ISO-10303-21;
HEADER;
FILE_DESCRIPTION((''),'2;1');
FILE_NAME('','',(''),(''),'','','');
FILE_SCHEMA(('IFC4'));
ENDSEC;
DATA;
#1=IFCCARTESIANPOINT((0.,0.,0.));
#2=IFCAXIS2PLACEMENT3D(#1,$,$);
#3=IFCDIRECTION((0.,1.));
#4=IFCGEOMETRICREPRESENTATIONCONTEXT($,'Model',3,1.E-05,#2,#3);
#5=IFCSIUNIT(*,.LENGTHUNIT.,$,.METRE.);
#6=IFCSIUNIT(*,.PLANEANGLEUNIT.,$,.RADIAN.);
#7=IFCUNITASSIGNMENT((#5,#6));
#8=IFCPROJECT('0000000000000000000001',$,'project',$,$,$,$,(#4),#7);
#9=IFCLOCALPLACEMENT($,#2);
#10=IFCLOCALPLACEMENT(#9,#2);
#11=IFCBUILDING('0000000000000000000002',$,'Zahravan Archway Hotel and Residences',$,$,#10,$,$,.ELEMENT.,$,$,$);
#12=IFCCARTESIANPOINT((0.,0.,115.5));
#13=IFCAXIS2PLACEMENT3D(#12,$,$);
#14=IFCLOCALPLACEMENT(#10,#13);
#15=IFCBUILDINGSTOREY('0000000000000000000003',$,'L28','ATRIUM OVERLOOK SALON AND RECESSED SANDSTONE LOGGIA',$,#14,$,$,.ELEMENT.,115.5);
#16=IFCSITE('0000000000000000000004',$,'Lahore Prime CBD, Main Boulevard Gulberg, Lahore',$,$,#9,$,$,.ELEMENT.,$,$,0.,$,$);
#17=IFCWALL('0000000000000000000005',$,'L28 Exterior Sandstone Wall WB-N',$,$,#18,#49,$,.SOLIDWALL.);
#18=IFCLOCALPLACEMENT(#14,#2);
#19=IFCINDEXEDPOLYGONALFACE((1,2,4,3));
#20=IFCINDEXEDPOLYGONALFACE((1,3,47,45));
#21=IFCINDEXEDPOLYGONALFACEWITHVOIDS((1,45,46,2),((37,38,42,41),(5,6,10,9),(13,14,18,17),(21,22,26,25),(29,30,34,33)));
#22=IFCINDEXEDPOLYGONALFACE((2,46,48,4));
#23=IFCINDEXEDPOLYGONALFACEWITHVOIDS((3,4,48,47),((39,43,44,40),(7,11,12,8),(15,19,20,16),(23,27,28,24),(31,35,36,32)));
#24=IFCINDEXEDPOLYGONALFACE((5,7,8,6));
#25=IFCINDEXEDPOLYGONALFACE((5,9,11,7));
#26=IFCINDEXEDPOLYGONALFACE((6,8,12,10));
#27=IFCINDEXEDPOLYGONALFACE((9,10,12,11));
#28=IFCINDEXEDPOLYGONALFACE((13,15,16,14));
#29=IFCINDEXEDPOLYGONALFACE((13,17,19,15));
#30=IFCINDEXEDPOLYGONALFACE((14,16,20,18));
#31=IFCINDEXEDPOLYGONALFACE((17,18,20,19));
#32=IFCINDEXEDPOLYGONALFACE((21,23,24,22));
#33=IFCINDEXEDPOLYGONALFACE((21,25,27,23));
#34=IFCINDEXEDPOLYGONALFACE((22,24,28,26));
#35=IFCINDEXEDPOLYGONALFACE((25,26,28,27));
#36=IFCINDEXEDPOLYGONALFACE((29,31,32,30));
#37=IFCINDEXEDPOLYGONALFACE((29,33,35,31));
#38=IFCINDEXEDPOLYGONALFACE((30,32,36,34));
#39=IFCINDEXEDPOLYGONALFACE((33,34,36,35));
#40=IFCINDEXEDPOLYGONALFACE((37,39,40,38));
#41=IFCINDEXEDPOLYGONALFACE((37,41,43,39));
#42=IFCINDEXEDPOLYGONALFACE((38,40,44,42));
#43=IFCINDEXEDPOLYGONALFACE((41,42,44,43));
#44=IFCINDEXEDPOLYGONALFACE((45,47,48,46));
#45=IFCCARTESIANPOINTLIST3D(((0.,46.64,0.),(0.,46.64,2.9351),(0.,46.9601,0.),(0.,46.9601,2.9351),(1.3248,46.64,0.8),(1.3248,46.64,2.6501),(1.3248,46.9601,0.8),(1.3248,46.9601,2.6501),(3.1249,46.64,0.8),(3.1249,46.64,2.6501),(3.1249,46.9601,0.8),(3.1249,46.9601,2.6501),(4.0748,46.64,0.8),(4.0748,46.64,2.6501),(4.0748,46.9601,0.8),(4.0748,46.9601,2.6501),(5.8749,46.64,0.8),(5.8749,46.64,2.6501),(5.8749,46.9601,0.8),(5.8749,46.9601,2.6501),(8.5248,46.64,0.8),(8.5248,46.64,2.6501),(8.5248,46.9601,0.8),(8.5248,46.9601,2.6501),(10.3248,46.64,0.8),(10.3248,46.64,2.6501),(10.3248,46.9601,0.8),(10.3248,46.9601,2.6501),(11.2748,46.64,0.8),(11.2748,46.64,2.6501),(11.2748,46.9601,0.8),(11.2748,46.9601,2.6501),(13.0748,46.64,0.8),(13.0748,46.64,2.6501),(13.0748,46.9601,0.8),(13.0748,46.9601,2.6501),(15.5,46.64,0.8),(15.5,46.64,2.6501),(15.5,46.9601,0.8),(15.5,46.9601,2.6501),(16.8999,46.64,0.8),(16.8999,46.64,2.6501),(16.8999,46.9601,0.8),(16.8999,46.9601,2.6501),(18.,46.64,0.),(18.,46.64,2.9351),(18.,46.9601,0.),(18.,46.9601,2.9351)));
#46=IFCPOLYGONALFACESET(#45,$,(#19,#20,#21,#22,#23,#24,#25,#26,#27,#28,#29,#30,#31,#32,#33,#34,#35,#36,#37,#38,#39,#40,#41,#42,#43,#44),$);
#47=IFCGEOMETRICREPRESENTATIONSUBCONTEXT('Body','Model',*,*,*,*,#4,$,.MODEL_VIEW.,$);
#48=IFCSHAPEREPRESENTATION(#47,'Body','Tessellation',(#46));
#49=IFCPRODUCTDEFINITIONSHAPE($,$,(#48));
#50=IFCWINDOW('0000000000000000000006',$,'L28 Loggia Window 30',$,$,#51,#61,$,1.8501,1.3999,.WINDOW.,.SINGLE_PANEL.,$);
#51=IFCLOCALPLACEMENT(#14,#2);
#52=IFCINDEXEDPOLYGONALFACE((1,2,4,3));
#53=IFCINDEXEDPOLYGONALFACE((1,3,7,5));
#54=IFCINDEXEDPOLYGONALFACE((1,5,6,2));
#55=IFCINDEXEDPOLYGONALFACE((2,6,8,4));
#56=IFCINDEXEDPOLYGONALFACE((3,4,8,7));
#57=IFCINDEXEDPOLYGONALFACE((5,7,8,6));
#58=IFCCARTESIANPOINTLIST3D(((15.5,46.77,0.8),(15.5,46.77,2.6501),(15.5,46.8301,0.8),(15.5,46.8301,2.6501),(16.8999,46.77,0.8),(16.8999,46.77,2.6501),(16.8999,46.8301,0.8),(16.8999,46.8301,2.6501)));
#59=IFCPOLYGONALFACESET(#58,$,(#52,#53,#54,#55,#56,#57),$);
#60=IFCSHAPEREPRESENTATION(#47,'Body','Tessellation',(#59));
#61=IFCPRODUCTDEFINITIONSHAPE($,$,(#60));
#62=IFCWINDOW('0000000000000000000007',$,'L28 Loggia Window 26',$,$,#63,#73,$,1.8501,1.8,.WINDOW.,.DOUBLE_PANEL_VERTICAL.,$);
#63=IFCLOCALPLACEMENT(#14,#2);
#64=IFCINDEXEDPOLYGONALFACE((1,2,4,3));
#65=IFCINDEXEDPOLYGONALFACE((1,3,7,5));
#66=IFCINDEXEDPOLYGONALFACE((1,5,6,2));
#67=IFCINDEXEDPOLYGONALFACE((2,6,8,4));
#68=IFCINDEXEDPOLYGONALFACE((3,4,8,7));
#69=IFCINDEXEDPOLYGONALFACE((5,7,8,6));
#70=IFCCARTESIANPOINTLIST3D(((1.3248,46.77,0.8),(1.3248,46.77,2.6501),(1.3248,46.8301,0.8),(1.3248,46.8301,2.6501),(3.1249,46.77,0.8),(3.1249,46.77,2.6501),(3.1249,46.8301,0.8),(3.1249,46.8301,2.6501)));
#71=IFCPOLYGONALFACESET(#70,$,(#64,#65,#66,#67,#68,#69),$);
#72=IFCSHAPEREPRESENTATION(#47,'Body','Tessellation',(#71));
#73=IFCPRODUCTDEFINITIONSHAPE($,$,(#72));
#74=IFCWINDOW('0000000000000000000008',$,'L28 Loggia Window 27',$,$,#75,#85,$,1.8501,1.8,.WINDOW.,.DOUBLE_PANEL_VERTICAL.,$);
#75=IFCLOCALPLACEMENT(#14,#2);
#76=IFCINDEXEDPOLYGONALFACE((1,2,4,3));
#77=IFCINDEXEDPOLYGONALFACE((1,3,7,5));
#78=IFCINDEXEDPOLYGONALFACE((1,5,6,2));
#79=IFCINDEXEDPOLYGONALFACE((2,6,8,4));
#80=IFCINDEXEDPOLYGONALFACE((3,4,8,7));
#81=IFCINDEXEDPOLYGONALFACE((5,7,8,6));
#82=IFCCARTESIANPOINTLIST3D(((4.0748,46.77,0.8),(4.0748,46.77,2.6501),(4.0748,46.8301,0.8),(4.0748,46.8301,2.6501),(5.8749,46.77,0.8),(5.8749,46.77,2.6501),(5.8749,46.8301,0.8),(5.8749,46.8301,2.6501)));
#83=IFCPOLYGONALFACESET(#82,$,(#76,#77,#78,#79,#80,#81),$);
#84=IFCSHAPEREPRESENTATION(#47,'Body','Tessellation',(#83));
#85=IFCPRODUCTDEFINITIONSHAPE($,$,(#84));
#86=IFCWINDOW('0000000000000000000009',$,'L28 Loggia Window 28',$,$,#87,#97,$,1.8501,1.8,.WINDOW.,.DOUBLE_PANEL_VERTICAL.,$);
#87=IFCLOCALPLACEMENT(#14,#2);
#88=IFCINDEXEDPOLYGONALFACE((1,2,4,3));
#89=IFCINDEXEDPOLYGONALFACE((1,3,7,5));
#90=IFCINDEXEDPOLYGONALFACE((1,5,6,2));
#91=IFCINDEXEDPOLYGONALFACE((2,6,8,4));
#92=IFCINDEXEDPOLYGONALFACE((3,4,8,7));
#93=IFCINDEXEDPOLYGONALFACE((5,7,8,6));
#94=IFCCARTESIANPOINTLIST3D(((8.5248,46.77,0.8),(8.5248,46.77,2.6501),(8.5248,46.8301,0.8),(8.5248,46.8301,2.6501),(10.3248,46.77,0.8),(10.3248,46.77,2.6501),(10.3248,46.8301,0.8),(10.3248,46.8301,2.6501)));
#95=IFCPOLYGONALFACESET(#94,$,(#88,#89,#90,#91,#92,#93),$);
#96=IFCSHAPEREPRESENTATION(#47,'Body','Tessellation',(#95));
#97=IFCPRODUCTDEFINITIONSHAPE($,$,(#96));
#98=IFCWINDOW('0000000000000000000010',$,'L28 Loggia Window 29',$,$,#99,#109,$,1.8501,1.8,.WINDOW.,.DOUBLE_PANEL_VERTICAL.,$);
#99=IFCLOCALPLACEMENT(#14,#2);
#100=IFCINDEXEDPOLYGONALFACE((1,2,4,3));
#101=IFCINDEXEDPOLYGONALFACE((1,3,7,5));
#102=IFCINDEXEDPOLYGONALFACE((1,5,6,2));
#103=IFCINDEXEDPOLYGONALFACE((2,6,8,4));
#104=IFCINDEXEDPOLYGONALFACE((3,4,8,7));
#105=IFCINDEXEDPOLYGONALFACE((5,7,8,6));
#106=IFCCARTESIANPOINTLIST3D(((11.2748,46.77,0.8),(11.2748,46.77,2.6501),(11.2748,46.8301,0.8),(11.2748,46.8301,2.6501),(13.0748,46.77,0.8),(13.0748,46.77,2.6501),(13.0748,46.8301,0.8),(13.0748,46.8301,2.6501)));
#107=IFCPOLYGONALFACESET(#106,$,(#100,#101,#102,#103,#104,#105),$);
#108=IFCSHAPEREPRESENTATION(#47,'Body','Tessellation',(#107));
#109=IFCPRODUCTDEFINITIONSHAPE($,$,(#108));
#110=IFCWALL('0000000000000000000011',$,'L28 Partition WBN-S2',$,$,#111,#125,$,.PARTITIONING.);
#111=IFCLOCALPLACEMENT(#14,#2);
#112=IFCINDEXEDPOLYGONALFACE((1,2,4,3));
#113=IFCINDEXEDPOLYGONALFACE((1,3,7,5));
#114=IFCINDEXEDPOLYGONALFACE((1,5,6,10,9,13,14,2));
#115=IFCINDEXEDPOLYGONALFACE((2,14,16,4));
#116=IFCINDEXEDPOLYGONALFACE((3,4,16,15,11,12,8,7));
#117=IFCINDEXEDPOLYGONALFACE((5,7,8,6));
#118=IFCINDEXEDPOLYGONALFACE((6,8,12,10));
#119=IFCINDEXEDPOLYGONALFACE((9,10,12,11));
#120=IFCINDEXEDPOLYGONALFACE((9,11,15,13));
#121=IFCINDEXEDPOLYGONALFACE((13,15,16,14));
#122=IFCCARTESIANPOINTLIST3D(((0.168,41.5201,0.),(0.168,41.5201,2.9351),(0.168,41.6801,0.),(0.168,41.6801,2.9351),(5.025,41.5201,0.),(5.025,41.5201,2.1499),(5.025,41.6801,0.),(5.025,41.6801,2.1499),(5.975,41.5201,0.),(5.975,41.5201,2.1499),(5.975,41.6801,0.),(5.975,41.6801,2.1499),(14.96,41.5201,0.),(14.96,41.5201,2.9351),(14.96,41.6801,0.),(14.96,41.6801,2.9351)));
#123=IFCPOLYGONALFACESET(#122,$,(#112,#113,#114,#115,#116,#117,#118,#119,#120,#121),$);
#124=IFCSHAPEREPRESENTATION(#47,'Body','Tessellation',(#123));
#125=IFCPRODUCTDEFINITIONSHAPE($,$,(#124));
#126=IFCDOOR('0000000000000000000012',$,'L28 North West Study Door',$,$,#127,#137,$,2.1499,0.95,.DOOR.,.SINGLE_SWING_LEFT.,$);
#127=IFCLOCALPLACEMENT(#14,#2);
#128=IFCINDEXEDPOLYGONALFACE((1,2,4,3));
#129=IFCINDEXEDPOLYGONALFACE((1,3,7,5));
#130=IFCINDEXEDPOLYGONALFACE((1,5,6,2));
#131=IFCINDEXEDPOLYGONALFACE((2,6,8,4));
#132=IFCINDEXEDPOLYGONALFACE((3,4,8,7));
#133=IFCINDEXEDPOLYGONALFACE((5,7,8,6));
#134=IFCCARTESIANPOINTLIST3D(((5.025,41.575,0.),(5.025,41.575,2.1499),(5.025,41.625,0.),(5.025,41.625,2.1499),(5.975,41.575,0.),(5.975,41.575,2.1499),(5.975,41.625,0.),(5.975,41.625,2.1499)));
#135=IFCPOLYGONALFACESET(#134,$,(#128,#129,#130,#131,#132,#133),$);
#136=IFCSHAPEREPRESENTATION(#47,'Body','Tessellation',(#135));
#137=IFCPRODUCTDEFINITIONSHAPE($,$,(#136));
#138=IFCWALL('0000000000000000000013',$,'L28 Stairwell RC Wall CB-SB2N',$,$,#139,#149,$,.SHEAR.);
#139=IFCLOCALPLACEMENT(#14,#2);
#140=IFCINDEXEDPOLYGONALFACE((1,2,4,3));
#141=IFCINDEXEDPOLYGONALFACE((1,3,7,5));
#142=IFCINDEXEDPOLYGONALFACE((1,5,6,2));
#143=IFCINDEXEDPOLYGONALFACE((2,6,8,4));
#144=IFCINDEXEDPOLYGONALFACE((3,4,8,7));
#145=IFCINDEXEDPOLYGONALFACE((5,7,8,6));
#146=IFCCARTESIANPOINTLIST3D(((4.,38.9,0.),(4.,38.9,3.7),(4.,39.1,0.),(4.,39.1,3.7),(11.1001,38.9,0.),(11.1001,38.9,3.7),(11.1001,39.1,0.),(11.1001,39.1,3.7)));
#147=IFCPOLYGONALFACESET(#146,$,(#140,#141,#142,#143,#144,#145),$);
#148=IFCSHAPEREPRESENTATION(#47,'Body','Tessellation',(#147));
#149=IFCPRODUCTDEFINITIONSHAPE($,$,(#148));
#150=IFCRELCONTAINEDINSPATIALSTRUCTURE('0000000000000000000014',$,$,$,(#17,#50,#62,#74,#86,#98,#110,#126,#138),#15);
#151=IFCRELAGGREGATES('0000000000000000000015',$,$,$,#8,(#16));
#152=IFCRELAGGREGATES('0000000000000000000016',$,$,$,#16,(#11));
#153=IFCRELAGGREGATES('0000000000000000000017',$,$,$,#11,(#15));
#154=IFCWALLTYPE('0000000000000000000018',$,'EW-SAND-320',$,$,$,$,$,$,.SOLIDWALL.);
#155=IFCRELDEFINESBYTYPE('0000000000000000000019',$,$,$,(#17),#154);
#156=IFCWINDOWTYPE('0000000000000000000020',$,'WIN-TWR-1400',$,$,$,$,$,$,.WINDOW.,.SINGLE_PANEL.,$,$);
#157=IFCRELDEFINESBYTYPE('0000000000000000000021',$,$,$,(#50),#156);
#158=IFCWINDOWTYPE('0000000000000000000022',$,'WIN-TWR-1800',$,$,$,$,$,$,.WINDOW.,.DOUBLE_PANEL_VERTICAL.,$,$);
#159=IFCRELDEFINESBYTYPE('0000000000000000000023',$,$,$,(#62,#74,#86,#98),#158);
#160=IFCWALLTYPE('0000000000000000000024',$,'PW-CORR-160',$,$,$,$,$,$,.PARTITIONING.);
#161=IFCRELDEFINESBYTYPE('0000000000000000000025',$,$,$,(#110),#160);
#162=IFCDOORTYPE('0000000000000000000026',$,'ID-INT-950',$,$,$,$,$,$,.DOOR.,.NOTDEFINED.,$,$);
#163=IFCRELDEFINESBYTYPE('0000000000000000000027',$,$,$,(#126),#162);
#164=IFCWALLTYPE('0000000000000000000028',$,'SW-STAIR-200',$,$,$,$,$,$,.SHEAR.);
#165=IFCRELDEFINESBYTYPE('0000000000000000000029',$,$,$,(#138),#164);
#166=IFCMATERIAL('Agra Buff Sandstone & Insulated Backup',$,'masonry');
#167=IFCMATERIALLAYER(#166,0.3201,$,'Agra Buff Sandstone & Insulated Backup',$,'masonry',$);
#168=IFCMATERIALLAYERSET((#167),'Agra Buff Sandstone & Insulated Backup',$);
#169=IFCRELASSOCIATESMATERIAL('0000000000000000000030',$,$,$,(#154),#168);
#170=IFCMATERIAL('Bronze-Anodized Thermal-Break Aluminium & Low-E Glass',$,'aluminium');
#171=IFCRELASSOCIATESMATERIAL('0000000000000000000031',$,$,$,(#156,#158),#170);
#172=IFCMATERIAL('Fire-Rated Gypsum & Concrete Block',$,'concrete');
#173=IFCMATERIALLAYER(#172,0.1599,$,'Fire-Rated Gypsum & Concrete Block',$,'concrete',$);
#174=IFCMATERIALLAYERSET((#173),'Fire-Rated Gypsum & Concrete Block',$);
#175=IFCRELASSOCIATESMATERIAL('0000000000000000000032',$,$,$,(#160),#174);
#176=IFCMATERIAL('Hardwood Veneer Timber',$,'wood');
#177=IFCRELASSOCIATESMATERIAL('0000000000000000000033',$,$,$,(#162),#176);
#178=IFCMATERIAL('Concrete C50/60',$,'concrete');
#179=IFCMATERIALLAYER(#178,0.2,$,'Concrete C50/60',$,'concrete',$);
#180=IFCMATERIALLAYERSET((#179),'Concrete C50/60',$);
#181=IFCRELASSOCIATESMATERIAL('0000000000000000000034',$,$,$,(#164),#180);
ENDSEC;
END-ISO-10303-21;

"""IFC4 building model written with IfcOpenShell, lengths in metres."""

from ifc_helpers import new_model, si_unit, direction, frame, frame_2d, origin, place, context, subcontext, project, spatial, rectangle, extrude, source, transform, mapped, material, layer, layer_set, type_object, type_shapes, element, fill, save


model = new_model("IFC4")

# Units and contexts
model_context = context("Model", 3, precision=1e-05, world=origin(), true_north=direction((0.0, 1.0)))
body_context = subcontext(model_context, "Body", "Model", "MODEL_VIEW")
ifc_project = project(units=[si_unit("LENGTHUNIT", "METRE"), si_unit("PLANEANGLEUNIT", "RADIAN")], contexts=[model_context])

# Site, building, storey
site_placement = place(None, origin())
site = spatial("IfcSite", under=ifc_project, at=site_placement, Name="Lahore Prime CBD, Main Boulevard Gulberg, Lahore", CompositionType="ELEMENT", RefElevation=0.0)
building_placement = place(site_placement, origin())
building = spatial("IfcBuilding", under=site, at=building_placement, Name="Zahravan Archway Hotel and Residences", CompositionType="ELEMENT")
storey_placement = place(building_placement, frame((0.0, 0.0, 115.5)))
storey = spatial("IfcBuildingStorey", under=building, at=storey_placement, Name="L28", Description="ATRIUM OVERLOOK SALON AND RECESSED SANDSTONE LOGGIA", CompositionType="ELEMENT", Elevation=115.5)

# Wall, openings, windows
ifc_material_1 = material(Name="Agra Buff Sandstone & Insulated Backup", Category="masonry")
ifc_layer_1 = layer(ifc_material_1, 0.3201, Name="Agra Buff Sandstone & Insulated Backup", Category="masonry")
ifc_layer_set_1 = layer_set([ifc_layer_1], Name="Agra Buff Sandstone & Insulated Backup")
wall_type_1 = type_object("IfcWallType", Name="EW-SAND-320", PredefinedType="SOLIDWALL", material=ifc_layer_set_1)
wall_1_placement = place(storey_placement, frame((0.0, 46.8, 0.0), z_axis=(0.0, 0.0, 1.0), x_axis=(1.0, 0.0, 0.0)))
wall_1 = element("IfcWall", 1, at=wall_1_placement, inside=storey, type_object=wall_type_1, Name="L28 Exterior Sandstone Wall WB-N", PredefinedType="SOLIDWALL", context=body_context, shape_type="SweptSolid", body=[
    extrude(rectangle(XDim=18.0, YDim=0.3201, at=frame_2d((9.0, 0.0))), origin(), (0.0, 0.0, 1.0), 2.9351),
])
opening_1_placement = place(wall_1_placement, frame((1.325, 0.0, 0.8)))
opening_1 = element("IfcOpeningElement", 2, at=opening_1_placement, cuts=wall_1, PredefinedType="OPENING", context=body_context, shape_type="SweptSolid", body=[
    extrude(rectangle(XDim=1.8, YDim=1.8501, at=frame_2d((0.8999, 0.925))), frame((0.0, 0.1699, 0.0), z_axis=(0.0, -1.0, 0.0), x_axis=(1.0, 0.0, 0.0)), (0.0, 0.0, 1.0), 0.3401),
])
opening_2_placement = place(wall_1_placement, frame((4.075, 0.0, 0.8)))
opening_2 = element("IfcOpeningElement", 3, at=opening_2_placement, cuts=wall_1, PredefinedType="OPENING", context=body_context, shape_type="SweptSolid", body=[
    extrude(rectangle(XDim=1.8, YDim=1.8501, at=frame_2d((0.8999, 0.925))), frame((0.0, 0.1699, 0.0), z_axis=(0.0, -1.0, 0.0), x_axis=(1.0, 0.0, 0.0)), (0.0, 0.0, 1.0), 0.3401),
])
opening_3_placement = place(wall_1_placement, frame((8.5249, 0.0, 0.8)))
opening_3 = element("IfcOpeningElement", 4, at=opening_3_placement, cuts=wall_1, PredefinedType="OPENING", context=body_context, shape_type="SweptSolid", body=[
    extrude(rectangle(XDim=1.8, YDim=1.8501, at=frame_2d((0.8999, 0.925))), frame((0.0, 0.1699, 0.0), z_axis=(0.0, -1.0, 0.0), x_axis=(1.0, 0.0, 0.0)), (0.0, 0.0, 1.0), 0.3401),
])
opening_4_placement = place(wall_1_placement, frame((11.2749, 0.0, 0.8)))
opening_4 = element("IfcOpeningElement", 5, at=opening_4_placement, cuts=wall_1, PredefinedType="OPENING", context=body_context, shape_type="SweptSolid", body=[
    extrude(rectangle(XDim=1.8, YDim=1.8501, at=frame_2d((0.8999, 0.925))), frame((0.0, 0.1699, 0.0), z_axis=(0.0, -1.0, 0.0), x_axis=(1.0, 0.0, 0.0)), (0.0, 0.0, 1.0), 0.3401),
])
opening_5_placement = place(wall_1_placement, frame((15.5, 0.0, 0.8)))
opening_5 = element("IfcOpeningElement", 6, at=opening_5_placement, cuts=wall_1, PredefinedType="OPENING", context=body_context, shape_type="SweptSolid", body=[
    extrude(rectangle(XDim=1.3999, YDim=1.8501, at=frame_2d((0.7, 0.925))), frame((0.0, 0.1699, 0.0), z_axis=(0.0, -1.0, 0.0), x_axis=(1.0, 0.0, 0.0)), (0.0, 0.0, 1.0), 0.3401),
])
ifc_material_2 = material(Name="Bronze-Anodized Thermal-Break Aluminium & Low-E Glass", Category="aluminium")
window_type_1 = type_object("IfcWindowType", Name="WIN-TWR-1400", PartitioningType="SINGLE_PANEL", PredefinedType="WINDOW", material=ifc_material_2)
shared_shape_1 = source(origin(), body_context, "Body", "SweptSolid", [
    extrude(rectangle(XDim=1.3999, YDim=1.8501, at=frame_2d((0.7, 0.925))), frame((0.0, 0.03, 0.0), z_axis=(0.0, -1.0, 0.0), x_axis=(1.0, 0.0, 0.0)), (0.0, 0.0, 1.0), 0.0601),
])
type_shapes(window_type_1, [shared_shape_1])
window_1_placement = place(opening_5_placement, origin())
window_1 = element("IfcWindow", 7, at=window_1_placement, inside=storey, type_object=window_type_1, Name="L28 Loggia Window 30", OverallHeight=1.8501, OverallWidth=1.3999, PartitioningType="SINGLE_PANEL", PredefinedType="WINDOW", context=body_context, shape_type="MappedRepresentation", body=[
    mapped(shared_shape_1, transform((0.0, 0.0, 0.0), scale=1.0)),
])
fill(opening_5, window_1)
window_type_2 = type_object("IfcWindowType", Name="WIN-TWR-1800", PartitioningType="DOUBLE_PANEL_VERTICAL", PredefinedType="WINDOW", material=ifc_material_2)
shared_shape_2 = source(origin(), body_context, "Body", "SweptSolid", [
    extrude(rectangle(XDim=1.8, YDim=1.8501, at=frame_2d((0.8999, 0.925))), frame((0.0, 0.03, 0.0), z_axis=(0.0, -1.0, 0.0), x_axis=(1.0, 0.0, 0.0)), (0.0, 0.0, 1.0), 0.0601),
])
type_shapes(window_type_2, [shared_shape_2])
window_2_placement = place(opening_1_placement, origin())
window_2 = element("IfcWindow", 8, at=window_2_placement, inside=storey, type_object=window_type_2, Name="L28 Loggia Window 26", OverallHeight=1.8501, OverallWidth=1.8, PartitioningType="DOUBLE_PANEL_VERTICAL", PredefinedType="WINDOW", context=body_context, shape_type="MappedRepresentation", body=[
    mapped(shared_shape_2, transform((0.0, 0.0, 0.0), scale=1.0)),
])
fill(opening_1, window_2)
window_3_placement = place(opening_2_placement, origin())
window_3 = element("IfcWindow", 9, at=window_3_placement, inside=storey, type_object=window_type_2, Name="L28 Loggia Window 27", OverallHeight=1.8501, OverallWidth=1.8, PartitioningType="DOUBLE_PANEL_VERTICAL", PredefinedType="WINDOW", context=body_context, shape_type="MappedRepresentation", body=[
    mapped(shared_shape_2, transform((0.0, 0.0, 0.0), scale=1.0)),
])
fill(opening_2, window_3)
window_4_placement = place(opening_3_placement, origin())
window_4 = element("IfcWindow", 10, at=window_4_placement, inside=storey, type_object=window_type_2, Name="L28 Loggia Window 28", OverallHeight=1.8501, OverallWidth=1.8, PartitioningType="DOUBLE_PANEL_VERTICAL", PredefinedType="WINDOW", context=body_context, shape_type="MappedRepresentation", body=[
    mapped(shared_shape_2, transform((0.0, 0.0, 0.0), scale=1.0)),
])
fill(opening_3, window_4)
window_5_placement = place(opening_4_placement, origin())
window_5 = element("IfcWindow", 11, at=window_5_placement, inside=storey, type_object=window_type_2, Name="L28 Loggia Window 29", OverallHeight=1.8501, OverallWidth=1.8, PartitioningType="DOUBLE_PANEL_VERTICAL", PredefinedType="WINDOW", context=body_context, shape_type="MappedRepresentation", body=[
    mapped(shared_shape_2, transform((0.0, 0.0, 0.0), scale=1.0)),
])
fill(opening_4, window_5)

# Wall, opening, door
ifc_material_3 = material(Name="Fire-Rated Gypsum & Concrete Block", Category="concrete")
ifc_layer_2 = layer(ifc_material_3, 0.1599, Name="Fire-Rated Gypsum & Concrete Block", Category="concrete")
ifc_layer_set_2 = layer_set([ifc_layer_2], Name="Fire-Rated Gypsum & Concrete Block")
wall_type_2 = type_object("IfcWallType", Name="PW-CORR-160", PredefinedType="PARTITIONING", material=ifc_layer_set_2)
wall_2_placement = place(storey_placement, frame((0.168, 41.6001, 0.0), z_axis=(0.0, 0.0, 1.0), x_axis=(1.0, 0.0, 0.0)))
wall_2 = element("IfcWall", 12, at=wall_2_placement, inside=storey, type_object=wall_type_2, Name="L28 Partition WBN-S2", PredefinedType="PARTITIONING", context=body_context, shape_type="SweptSolid", body=[
    extrude(rectangle(XDim=14.792, YDim=0.1599, at=frame_2d((7.396, 0.0))), origin(), (0.0, 0.0, 1.0), 2.9351),
])
opening_6_placement = place(wall_2_placement, frame((4.8569, 0.0, 0.0)))
opening_6 = element("IfcOpeningElement", 13, at=opening_6_placement, cuts=wall_2, PredefinedType="OPENING", context=body_context, shape_type="SweptSolid", body=[
    extrude(rectangle(XDim=0.95, YDim=2.1499, at=frame_2d((0.4751, 1.075))), frame((0.0, 0.0898, 0.0), z_axis=(0.0, -1.0, 0.0), x_axis=(1.0, 0.0, 0.0)), (0.0, 0.0, 1.0), 0.1799),
])
ifc_material_4 = material(Name="Hardwood Veneer Timber", Category="wood")
door_type_1 = type_object("IfcDoorType", Name="ID-INT-950", OperationType="NOTDEFINED", PredefinedType="DOOR", material=ifc_material_4)
shared_shape_3 = source(origin(), body_context, "Body", "SweptSolid", [
    extrude(rectangle(XDim=0.95, YDim=2.1499, at=frame_2d((0.4751, 1.075))), frame((0.0, 0.0249, 0.0), z_axis=(0.0, -1.0, 0.0), x_axis=(1.0, 0.0, 0.0)), (0.0, 0.0, 1.0), 0.05),
])
type_shapes(door_type_1, [shared_shape_3])
door_1_placement = place(opening_6_placement, origin())
door_1 = element("IfcDoor", 14, at=door_1_placement, inside=storey, type_object=door_type_1, Name="L28 North West Study Door", OperationType="SINGLE_SWING_LEFT", OverallHeight=2.1499, OverallWidth=0.95, PredefinedType="DOOR", context=body_context, shape_type="MappedRepresentation", body=[
    mapped(shared_shape_3, transform((0.0, 0.0, 0.0), scale=1.0)),
])
fill(opening_6, door_1)

# Wall
ifc_material_5 = material(Name="Concrete C50/60", Category="concrete")
ifc_layer_3 = layer(ifc_material_5, 0.2, Name="Concrete C50/60", Category="concrete")
ifc_layer_set_3 = layer_set([ifc_layer_3], Name="Concrete C50/60")
wall_type_3 = type_object("IfcWallType", Name="SW-STAIR-200", PredefinedType="SHEAR", material=ifc_layer_set_3)
wall_3_placement = place(storey_placement, frame((4.0, 39.0, 0.0), z_axis=(0.0, 0.0, 1.0), x_axis=(1.0, 0.0, 0.0)))
element("IfcWall", 15, at=wall_3_placement, inside=storey, type_object=wall_type_3, Name="L28 Stairwell RC Wall CB-SB2N", PredefinedType="SHEAR", context=body_context, shape_type="SweptSolid", body=[
    extrude(rectangle(XDim=7.1001, YDim=0.2, at=frame_2d((3.55, 0.0))), origin(), (0.0, 0.0, 1.0), 3.7),
])

save(model, "model.ifc")
